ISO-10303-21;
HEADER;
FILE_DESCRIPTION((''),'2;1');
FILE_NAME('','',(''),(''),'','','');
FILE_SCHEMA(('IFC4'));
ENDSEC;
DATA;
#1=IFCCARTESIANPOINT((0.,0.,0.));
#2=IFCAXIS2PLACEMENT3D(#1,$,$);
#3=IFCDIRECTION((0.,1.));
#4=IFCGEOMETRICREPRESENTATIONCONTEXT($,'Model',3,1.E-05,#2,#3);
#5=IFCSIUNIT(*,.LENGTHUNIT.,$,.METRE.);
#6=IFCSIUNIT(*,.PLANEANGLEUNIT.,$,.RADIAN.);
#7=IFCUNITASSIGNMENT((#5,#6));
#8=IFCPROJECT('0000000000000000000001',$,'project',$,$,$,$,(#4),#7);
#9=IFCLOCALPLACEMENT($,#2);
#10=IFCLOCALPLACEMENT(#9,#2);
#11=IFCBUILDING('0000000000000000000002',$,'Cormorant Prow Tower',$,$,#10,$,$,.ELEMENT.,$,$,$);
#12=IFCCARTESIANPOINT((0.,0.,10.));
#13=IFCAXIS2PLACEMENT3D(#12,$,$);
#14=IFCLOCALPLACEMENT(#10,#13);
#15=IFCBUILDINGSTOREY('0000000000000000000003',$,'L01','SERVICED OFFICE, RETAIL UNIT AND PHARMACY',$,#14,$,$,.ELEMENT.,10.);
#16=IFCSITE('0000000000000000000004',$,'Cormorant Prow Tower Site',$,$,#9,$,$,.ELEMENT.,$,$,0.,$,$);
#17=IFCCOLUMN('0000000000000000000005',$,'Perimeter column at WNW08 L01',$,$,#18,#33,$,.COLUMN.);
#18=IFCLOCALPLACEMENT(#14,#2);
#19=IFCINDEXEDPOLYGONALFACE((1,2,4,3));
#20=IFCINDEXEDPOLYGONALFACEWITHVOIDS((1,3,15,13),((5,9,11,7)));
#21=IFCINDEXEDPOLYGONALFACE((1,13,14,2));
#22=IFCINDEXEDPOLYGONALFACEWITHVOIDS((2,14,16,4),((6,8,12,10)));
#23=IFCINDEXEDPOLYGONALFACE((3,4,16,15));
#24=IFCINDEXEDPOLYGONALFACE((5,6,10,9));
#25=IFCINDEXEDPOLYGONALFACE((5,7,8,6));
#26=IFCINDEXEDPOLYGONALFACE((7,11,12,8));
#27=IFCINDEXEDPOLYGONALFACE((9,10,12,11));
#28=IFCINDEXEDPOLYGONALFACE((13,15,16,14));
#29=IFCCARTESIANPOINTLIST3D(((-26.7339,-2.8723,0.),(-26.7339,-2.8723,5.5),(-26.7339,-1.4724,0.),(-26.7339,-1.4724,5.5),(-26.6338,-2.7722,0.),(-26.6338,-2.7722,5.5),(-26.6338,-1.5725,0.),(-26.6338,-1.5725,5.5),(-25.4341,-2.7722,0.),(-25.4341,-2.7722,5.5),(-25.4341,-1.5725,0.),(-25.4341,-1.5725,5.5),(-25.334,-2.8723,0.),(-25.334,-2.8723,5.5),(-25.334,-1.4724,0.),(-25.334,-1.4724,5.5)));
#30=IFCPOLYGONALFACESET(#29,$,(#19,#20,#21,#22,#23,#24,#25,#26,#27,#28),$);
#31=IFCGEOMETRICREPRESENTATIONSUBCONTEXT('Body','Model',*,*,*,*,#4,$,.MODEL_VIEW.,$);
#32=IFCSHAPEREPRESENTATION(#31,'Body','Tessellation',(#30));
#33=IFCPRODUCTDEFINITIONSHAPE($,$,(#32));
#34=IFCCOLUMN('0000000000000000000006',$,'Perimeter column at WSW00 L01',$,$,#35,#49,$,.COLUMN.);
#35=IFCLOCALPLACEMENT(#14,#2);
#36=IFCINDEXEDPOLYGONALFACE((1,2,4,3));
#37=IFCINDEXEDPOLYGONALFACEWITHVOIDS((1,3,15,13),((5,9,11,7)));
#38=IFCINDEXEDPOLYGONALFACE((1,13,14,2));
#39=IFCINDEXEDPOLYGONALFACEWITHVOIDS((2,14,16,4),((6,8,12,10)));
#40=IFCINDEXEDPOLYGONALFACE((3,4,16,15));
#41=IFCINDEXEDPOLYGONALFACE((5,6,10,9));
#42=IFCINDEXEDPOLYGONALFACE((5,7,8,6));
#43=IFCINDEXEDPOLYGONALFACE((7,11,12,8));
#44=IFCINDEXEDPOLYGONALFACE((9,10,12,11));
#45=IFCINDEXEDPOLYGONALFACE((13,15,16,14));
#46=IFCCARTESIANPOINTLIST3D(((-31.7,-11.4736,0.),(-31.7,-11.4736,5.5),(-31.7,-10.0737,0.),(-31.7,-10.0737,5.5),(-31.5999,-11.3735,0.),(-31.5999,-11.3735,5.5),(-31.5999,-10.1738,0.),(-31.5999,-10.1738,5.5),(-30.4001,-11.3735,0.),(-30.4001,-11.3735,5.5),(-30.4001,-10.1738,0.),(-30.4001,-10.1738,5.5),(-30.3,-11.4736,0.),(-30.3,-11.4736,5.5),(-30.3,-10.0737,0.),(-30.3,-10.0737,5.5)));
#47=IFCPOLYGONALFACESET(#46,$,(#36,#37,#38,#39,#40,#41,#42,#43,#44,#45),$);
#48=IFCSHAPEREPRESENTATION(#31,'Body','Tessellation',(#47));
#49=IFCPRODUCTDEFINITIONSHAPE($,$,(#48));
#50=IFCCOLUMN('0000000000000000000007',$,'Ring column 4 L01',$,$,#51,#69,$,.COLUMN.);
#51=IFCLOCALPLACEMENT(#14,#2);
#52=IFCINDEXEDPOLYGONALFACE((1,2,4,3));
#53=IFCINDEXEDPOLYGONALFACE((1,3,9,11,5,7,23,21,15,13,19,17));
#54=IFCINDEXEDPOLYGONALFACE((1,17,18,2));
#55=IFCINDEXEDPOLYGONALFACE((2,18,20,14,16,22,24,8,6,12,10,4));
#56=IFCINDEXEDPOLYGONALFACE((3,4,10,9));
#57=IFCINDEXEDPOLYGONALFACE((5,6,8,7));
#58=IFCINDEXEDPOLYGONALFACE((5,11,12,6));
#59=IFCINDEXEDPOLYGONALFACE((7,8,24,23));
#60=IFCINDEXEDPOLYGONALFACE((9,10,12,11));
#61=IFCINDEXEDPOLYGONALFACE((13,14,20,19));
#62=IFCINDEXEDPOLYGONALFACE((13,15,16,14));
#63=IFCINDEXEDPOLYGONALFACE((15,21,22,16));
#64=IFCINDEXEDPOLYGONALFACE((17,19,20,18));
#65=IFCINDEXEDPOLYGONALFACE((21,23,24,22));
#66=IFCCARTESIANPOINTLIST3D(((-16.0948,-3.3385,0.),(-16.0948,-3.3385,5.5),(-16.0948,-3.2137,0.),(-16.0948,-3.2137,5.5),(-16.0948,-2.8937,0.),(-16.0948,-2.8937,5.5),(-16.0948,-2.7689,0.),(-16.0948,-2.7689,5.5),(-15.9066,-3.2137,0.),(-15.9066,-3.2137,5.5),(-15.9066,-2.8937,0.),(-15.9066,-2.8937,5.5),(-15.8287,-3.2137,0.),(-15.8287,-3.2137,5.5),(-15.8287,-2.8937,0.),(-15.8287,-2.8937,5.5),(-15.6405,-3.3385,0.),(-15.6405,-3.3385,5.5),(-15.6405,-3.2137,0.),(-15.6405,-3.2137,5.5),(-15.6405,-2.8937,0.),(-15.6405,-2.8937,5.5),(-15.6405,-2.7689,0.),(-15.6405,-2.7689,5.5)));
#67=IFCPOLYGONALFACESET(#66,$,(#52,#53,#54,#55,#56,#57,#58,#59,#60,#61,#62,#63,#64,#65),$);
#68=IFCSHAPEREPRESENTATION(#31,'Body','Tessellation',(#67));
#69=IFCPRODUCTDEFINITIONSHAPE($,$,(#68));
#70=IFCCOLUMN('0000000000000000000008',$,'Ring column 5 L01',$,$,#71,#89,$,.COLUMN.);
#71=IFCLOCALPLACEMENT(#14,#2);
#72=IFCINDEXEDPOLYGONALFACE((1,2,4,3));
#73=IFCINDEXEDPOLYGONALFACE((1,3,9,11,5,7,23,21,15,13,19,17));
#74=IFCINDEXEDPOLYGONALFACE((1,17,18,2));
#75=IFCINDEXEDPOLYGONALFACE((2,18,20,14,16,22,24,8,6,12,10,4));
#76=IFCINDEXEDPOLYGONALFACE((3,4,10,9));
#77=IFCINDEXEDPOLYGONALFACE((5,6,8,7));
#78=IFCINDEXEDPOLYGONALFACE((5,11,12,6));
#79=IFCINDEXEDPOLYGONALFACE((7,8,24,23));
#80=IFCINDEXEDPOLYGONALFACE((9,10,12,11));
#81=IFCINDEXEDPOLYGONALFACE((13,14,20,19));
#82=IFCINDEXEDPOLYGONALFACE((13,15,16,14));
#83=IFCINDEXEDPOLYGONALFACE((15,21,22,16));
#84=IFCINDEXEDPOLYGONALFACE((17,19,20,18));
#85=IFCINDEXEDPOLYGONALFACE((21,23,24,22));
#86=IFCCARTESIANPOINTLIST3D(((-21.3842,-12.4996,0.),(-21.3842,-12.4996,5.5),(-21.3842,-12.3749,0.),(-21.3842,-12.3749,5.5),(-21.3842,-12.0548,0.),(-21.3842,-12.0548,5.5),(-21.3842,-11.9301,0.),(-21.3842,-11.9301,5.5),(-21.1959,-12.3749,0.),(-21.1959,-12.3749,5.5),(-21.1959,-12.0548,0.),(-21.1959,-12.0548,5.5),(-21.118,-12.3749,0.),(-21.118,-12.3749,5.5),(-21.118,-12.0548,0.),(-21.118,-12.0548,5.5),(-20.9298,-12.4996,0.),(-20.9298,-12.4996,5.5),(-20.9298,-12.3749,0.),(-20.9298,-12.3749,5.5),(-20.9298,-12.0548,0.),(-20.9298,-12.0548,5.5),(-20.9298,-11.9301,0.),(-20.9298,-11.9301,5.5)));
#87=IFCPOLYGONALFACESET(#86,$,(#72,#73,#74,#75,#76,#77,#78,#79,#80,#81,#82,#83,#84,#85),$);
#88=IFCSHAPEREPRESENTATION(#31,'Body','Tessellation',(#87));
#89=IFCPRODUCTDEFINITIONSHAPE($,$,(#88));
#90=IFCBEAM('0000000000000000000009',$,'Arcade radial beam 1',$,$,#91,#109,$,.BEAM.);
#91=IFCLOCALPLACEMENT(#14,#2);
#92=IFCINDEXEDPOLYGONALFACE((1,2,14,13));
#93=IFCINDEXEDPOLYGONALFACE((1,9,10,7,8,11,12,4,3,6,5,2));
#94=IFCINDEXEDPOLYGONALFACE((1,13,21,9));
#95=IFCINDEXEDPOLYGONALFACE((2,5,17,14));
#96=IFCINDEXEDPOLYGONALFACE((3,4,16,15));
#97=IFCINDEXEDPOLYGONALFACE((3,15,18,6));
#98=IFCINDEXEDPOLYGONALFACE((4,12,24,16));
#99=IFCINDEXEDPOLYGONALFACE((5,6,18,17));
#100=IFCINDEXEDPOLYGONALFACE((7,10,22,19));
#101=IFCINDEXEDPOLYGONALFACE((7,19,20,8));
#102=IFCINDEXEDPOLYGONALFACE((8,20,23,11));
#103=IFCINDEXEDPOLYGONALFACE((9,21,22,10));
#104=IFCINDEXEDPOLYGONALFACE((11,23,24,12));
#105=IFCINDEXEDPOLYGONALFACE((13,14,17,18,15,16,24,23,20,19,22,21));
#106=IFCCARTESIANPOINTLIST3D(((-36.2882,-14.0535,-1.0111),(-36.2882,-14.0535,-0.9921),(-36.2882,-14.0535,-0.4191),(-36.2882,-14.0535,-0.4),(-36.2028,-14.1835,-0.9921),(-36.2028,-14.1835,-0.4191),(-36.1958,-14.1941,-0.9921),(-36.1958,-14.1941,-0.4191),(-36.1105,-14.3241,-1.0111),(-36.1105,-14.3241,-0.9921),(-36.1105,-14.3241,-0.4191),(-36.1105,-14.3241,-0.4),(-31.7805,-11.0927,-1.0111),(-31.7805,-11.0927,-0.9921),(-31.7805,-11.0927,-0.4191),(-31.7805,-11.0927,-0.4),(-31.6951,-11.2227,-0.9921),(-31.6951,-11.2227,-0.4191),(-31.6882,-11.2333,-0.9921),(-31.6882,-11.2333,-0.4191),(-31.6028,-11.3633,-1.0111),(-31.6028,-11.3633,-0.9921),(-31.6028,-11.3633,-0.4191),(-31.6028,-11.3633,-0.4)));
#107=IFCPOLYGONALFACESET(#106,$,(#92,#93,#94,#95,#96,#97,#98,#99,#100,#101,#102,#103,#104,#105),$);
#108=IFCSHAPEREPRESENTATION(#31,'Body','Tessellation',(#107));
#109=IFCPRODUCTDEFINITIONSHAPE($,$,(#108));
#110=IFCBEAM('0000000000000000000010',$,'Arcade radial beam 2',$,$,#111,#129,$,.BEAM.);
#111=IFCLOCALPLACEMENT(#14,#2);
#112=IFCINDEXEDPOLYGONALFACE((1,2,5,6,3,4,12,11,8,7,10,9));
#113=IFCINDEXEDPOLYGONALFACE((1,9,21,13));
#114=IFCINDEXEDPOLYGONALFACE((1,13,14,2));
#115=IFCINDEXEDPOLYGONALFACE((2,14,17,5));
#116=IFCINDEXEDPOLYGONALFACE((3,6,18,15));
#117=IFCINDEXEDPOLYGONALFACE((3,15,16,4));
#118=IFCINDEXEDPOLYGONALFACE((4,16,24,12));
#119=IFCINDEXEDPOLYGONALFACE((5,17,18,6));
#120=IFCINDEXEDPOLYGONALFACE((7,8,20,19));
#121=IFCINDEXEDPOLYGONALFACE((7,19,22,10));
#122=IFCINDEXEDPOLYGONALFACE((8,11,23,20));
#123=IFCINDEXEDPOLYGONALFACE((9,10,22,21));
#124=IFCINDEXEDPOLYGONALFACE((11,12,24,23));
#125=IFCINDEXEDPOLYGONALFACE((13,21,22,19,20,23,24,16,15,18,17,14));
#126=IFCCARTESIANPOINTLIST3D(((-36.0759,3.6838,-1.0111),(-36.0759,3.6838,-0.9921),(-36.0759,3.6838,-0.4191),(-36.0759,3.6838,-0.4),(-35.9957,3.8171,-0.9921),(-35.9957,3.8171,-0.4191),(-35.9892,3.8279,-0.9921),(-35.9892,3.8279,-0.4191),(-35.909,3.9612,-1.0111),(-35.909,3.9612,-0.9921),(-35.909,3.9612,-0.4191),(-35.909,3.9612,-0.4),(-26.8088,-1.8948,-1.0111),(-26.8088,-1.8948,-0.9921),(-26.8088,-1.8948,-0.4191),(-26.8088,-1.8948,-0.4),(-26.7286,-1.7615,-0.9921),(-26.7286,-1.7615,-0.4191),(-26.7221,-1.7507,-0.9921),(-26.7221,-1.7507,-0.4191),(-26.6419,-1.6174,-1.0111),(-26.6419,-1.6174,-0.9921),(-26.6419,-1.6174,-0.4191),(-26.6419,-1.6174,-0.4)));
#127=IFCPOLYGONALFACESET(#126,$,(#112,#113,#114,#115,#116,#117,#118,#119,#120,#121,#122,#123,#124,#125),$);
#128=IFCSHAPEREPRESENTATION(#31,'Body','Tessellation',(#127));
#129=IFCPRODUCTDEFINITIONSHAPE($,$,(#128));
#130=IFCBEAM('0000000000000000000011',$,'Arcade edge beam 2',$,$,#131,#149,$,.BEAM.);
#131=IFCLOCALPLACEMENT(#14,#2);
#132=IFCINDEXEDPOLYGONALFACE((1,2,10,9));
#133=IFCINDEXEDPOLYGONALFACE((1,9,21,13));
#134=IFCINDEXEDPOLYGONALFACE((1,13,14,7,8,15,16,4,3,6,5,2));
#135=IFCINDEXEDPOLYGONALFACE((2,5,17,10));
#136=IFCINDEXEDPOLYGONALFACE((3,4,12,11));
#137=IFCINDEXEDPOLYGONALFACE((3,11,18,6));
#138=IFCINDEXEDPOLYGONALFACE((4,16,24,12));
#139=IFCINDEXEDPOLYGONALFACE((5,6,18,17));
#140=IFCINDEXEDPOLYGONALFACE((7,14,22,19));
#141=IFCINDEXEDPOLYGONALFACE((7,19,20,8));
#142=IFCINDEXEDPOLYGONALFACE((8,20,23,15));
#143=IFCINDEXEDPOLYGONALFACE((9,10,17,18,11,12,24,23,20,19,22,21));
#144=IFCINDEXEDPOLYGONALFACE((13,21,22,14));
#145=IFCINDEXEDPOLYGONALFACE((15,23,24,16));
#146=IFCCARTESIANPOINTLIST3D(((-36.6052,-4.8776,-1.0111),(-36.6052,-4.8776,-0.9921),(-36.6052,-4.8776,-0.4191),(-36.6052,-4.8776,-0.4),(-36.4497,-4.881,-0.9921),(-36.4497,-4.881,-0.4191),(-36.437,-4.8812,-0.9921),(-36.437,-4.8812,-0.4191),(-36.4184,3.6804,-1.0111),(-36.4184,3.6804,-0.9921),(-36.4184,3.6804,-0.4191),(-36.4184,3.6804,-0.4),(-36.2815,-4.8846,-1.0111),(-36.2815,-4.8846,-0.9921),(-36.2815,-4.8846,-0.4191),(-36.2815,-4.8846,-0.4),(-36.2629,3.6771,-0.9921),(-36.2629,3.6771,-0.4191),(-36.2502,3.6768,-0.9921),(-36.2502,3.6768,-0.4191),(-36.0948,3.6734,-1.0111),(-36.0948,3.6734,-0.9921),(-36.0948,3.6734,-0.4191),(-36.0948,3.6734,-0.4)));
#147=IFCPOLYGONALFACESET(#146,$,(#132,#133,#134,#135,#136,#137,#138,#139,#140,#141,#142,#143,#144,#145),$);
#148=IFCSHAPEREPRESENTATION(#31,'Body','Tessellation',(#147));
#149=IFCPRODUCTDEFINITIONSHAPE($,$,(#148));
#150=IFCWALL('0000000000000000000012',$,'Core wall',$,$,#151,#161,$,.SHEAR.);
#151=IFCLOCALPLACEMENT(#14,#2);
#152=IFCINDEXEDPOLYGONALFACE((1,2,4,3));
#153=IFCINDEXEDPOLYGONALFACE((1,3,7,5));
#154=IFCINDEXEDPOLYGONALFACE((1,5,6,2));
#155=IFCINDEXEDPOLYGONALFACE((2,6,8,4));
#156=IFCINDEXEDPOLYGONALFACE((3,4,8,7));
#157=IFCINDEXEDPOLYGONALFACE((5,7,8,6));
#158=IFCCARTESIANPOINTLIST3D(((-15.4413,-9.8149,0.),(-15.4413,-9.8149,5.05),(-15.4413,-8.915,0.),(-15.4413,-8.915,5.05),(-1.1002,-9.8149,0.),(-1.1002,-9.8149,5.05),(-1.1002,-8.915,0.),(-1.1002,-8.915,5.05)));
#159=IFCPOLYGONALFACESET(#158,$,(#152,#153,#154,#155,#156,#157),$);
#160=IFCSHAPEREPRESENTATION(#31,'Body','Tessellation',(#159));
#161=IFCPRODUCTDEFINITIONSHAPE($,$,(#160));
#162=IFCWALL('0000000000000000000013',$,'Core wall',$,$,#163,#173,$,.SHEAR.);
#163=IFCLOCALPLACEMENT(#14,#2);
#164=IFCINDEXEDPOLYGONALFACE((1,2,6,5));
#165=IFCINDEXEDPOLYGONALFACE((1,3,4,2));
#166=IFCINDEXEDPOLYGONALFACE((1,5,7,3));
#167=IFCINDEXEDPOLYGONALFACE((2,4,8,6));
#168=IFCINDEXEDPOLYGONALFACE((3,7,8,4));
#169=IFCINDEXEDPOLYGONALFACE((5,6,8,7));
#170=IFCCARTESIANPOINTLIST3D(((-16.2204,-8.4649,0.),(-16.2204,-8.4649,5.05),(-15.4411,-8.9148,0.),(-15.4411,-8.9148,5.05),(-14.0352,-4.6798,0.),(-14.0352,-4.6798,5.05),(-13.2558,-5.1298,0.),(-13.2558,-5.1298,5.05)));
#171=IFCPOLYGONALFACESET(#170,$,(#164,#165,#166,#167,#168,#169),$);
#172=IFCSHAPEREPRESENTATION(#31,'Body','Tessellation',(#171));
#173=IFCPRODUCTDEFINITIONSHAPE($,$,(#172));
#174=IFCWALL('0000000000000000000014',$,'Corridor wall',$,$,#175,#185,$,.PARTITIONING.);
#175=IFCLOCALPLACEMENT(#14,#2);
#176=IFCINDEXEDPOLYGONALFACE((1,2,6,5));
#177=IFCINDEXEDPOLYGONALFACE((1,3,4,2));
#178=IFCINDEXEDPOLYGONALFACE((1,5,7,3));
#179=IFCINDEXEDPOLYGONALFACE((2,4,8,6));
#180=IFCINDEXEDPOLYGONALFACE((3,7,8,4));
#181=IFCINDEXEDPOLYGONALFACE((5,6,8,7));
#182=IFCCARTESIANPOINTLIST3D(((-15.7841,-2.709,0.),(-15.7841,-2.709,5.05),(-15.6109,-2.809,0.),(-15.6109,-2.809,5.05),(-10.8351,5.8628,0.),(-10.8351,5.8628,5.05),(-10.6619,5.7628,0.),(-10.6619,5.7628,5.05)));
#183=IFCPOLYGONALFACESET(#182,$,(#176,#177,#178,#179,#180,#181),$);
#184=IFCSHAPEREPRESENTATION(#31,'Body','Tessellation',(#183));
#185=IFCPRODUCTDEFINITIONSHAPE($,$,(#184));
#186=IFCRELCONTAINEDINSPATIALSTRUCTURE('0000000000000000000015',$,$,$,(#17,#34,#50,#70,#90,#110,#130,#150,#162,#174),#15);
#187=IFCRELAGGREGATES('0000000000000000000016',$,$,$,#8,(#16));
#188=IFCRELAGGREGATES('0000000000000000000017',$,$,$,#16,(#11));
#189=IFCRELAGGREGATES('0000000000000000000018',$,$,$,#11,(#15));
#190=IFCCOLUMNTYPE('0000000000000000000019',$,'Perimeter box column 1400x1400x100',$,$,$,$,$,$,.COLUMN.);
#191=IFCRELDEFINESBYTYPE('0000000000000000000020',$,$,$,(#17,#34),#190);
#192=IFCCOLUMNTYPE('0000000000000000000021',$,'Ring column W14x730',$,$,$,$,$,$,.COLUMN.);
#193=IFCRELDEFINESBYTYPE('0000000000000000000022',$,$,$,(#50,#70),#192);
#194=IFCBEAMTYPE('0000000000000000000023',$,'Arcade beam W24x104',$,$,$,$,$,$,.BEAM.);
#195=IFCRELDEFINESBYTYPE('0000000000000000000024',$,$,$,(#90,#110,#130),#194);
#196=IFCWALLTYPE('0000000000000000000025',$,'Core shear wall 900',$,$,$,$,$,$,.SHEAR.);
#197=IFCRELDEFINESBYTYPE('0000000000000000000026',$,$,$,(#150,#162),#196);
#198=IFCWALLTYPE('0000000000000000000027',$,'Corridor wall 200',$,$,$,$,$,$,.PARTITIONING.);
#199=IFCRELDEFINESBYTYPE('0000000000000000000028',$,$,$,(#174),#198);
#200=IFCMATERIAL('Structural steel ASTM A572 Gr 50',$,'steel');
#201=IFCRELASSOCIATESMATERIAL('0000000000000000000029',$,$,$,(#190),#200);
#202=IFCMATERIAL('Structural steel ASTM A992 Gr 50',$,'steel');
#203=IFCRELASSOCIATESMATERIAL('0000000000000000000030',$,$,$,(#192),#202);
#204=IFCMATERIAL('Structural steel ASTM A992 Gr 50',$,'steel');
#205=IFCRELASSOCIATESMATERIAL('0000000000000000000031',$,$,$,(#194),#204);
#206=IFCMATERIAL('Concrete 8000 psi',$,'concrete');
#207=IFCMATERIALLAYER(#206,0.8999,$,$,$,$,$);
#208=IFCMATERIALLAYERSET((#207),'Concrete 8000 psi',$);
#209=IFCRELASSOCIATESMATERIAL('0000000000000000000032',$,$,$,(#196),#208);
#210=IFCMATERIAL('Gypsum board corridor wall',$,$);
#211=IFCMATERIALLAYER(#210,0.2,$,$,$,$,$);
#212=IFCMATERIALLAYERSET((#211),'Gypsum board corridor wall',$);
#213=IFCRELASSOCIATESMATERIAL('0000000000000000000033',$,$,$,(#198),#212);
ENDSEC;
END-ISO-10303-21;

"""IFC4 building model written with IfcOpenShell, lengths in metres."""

from ifc_helpers import new_model, si_unit, direction, frame, frame_2d, origin, origin_2d, place, context, subcontext, project, spatial, rectangle, hollow_rectangle, i_section, extrude, material, layer, layer_set, material_profile, profile_set, type_object, element, save


model = new_model("IFC4")

# Units and contexts
model_context = context("Model", 3, precision=1e-05, world=origin(), true_north=direction((0.0, 1.0)))
body_context = subcontext(model_context, "Body", "Model", "MODEL_VIEW")
ifc_project = project(units=[si_unit("LENGTHUNIT", "METRE"), si_unit("PLANEANGLEUNIT", "RADIAN")], contexts=[model_context])

# Site, building, storey
site_placement = place(None, origin())
site = spatial("IfcSite", under=ifc_project, at=site_placement, Name="Cormorant Prow Tower Site", CompositionType="ELEMENT", RefElevation=0.0)
building_placement = place(site_placement, origin())
building = spatial("IfcBuilding", under=site, at=building_placement, Name="Cormorant Prow Tower", CompositionType="ELEMENT")
storey_placement = place(building_placement, frame((0.0, 0.0, 10.0)))
storey = spatial("IfcBuildingStorey", under=building, at=storey_placement, Name="L01", Description="SERVICED OFFICE, RETAIL UNIT AND PHARMACY", CompositionType="ELEMENT", Elevation=10.0)

# Columns
ifc_material_1 = material(Name="Structural steel ASTM A572 Gr 50", Category="steel")
ifc_material_profile_1 = material_profile(ifc_material_1, hollow_rectangle(XDim=1.3999, YDim=1.3999, WallThickness=0.1001, at=origin_2d()), Name="Box 1400x1400x100")
ifc_profile_set_1 = profile_set([ifc_material_profile_1], Name="Structural steel ASTM A572 Gr 50")
column_type_1 = type_object("IfcColumnType", Name="Perimeter box column 1400x1400x100", PredefinedType="COLUMN", material=ifc_profile_set_1)
for number, where, z_axis, x_axis, name in (
    (1, (-26.0339, -2.1724, 0.0), (0.0, 0.0, 1.0), (1.0, 0.0, 0.0), "Perimeter column at WNW08 L01"),
    (2, (-31.0, -10.7737, 0.0), (0.0, 0.0, 1.0), (1.0, 0.0, 0.0), "Perimeter column at WSW00 L01"),
):
    element("IfcColumn", number, at=place(storey_placement, frame(where, z_axis=z_axis, x_axis=x_axis)), inside=storey, type_object=column_type_1, Name=name, PredefinedType="COLUMN", context=body_context, shape_type="SweptSolid", body=[
        extrude(hollow_rectangle(XDim=1.3999, YDim=1.3999, WallThickness=0.1001, at=origin_2d()), origin(), (0.0, 0.0, 1.0), 5.5),
    ])
ifc_material_2 = material(Name="Structural steel ASTM A992 Gr 50", Category="steel")
ifc_material_profile_2 = material_profile(ifc_material_2, i_section(OverallWidth=0.4543, OverallDepth=0.5696, WebThickness=0.0779, FlangeThickness=0.1248, at=origin_2d()), Name="W14x730")
ifc_profile_set_2 = profile_set([ifc_material_profile_2], Name="Structural steel ASTM A992 Gr 50")
column_type_2 = type_object("IfcColumnType", Name="Ring column W14x730", PredefinedType="COLUMN", material=ifc_profile_set_2)
for number, where, z_axis, x_axis, name in (
    (3, (-15.8677, -3.0537, 0.0), (0.0, 0.0, 1.0), (1.0, 0.0, 0.0), "Ring column 4 L01"),
    (4, (-21.157, -12.2148, 0.0), (0.0, 0.0, 1.0), (1.0, 0.0, 0.0), "Ring column 5 L01"),
):
    element("IfcColumn", number, at=place(storey_placement, frame(where, z_axis=z_axis, x_axis=x_axis)), inside=storey, type_object=column_type_2, Name=name, PredefinedType="COLUMN", context=body_context, shape_type="SweptSolid", body=[
        extrude(i_section(OverallWidth=0.4543, OverallDepth=0.5696, WebThickness=0.0779, FlangeThickness=0.1248, at=origin_2d()), origin(), (0.0, 0.0, 1.0), 5.5),
    ])

# Beams
ifc_material_3 = material(Name="Structural steel ASTM A992 Gr 50", Category="steel")
ifc_material_profile_3 = material_profile(ifc_material_3, i_section(OverallWidth=0.3237, OverallDepth=0.6111, WebThickness=0.0127, FlangeThickness=0.019, at=origin_2d()), Name="W24x104")
ifc_profile_set_3 = profile_set([ifc_material_profile_3], Name="Structural steel ASTM A992 Gr 50")
beam_type = type_object("IfcBeamType", Name="Arcade beam W24x104", PredefinedType="BEAM", material=ifc_profile_set_3)
beam_1_placement = place(storey_placement, frame((-31.6917, -11.228, -0.7056), z_axis=(-0.835827, -0.548994, 0.0), x_axis=(0.548994, -0.835827, 0.0)))
element("IfcBeam", 5, at=beam_1_placement, inside=storey, type_object=beam_type, Name="Arcade radial beam 1", PredefinedType="BEAM", context=body_context, shape_type="SweptSolid", body=[
    extrude(i_section(OverallWidth=0.3237, OverallDepth=0.6111, WebThickness=0.0127, FlangeThickness=0.019, at=origin_2d()), origin(), (0.0, 0.0, 1.0), 5.3931),
])
beam_2_placement = place(storey_placement, frame((-26.7253, -1.7561, -0.7056), z_axis=(-0.856743, 0.515743, 0.0), x_axis=(-0.515743, -0.856743, 0.0)))
element("IfcBeam", 6, at=beam_2_placement, inside=storey, type_object=beam_type, Name="Arcade radial beam 2", PredefinedType="BEAM", context=body_context, shape_type="SweptSolid", body=[
    extrude(i_section(OverallWidth=0.3237, OverallDepth=0.6111, WebThickness=0.0127, FlangeThickness=0.019, at=origin_2d()), origin(), (0.0, 0.0, 1.0), 10.8167),
])
beam_3_placement = place(storey_placement, frame((-36.4434, -4.8811, -0.7056), z_axis=(0.021818, 0.999762, 0.0), x_axis=(-0.999762, 0.021818, 0.0)))
element("IfcBeam", 7, at=beam_3_placement, inside=storey, type_object=beam_type, Name="Arcade edge beam 2", PredefinedType="BEAM", context=body_context, shape_type="SweptSolid", body=[
    extrude(i_section(OverallWidth=0.3237, OverallDepth=0.6111, WebThickness=0.0127, FlangeThickness=0.019, at=origin_2d()), origin(), (0.0, 0.0, 1.0), 8.5601),
])

# Walls
ifc_material_4 = material(Name="Concrete 8000 psi", Category="concrete")
ifc_layer_1 = layer(ifc_material_4, 0.8999)
ifc_layer_set_1 = layer_set([ifc_layer_1], Name="Concrete 8000 psi")
wall_type_1 = type_object("IfcWallType", Name="Core shear wall 900", PredefinedType="SHEAR", material=ifc_layer_set_1)
wall_1_placement = place(storey_placement, frame((-15.4412, -9.365, 0.0), z_axis=(0.0, 0.0, 1.0), x_axis=(1.0, 0.0, 0.0)))
element("IfcWall", 8, at=wall_1_placement, inside=storey, type_object=wall_type_1, Name="Core wall", PredefinedType="SHEAR", context=body_context, shape_type="SweptSolid", body=[
    extrude(rectangle(XDim=14.3411, YDim=0.8999, at=frame_2d((7.1704, 0.0))), origin(), (0.0, 0.0, 1.0), 5.05),
])
wall_2_placement = place(storey_placement, frame((-13.6455, -4.9048, 0.0), z_axis=(0.0, 0.0, 1.0), x_axis=(-0.49999, -0.866031, 0.0)))
element("IfcWall", 9, at=wall_2_placement, inside=storey, type_object=wall_type_1, Name="Core wall", PredefinedType="SHEAR", context=body_context, shape_type="SweptSolid", body=[
    extrude(rectangle(XDim=4.3706, YDim=0.8999, at=frame_2d((2.1853, 0.0))), origin(), (0.0, 0.0, 1.0), 5.05),
])
ifc_material_5 = material(Name="Gypsum board corridor wall")
ifc_layer_2 = layer(ifc_material_5, 0.2)
ifc_layer_set_2 = layer_set([ifc_layer_2], Name="Gypsum board corridor wall")
wall_type_2 = type_object("IfcWallType", Name="Corridor wall 200", PredefinedType="PARTITIONING", material=ifc_layer_set_2)
wall_3_placement = place(storey_placement, frame((-15.6975, -2.759, 0.0), z_axis=(0.0, 0.0, 1.0), x_axis=(0.500004, 0.866023, 0.0)))
element("IfcWall", 10, at=wall_3_placement, inside=storey, type_object=wall_type_2, Name="Corridor wall", PredefinedType="PARTITIONING", context=body_context, shape_type="SweptSolid", body=[
    extrude(rectangle(XDim=9.8979, YDim=0.2, at=frame_2d((4.949, 0.0))), origin(), (0.0, 0.0, 1.0), 5.05),
])

save(model, "model.ifc")
